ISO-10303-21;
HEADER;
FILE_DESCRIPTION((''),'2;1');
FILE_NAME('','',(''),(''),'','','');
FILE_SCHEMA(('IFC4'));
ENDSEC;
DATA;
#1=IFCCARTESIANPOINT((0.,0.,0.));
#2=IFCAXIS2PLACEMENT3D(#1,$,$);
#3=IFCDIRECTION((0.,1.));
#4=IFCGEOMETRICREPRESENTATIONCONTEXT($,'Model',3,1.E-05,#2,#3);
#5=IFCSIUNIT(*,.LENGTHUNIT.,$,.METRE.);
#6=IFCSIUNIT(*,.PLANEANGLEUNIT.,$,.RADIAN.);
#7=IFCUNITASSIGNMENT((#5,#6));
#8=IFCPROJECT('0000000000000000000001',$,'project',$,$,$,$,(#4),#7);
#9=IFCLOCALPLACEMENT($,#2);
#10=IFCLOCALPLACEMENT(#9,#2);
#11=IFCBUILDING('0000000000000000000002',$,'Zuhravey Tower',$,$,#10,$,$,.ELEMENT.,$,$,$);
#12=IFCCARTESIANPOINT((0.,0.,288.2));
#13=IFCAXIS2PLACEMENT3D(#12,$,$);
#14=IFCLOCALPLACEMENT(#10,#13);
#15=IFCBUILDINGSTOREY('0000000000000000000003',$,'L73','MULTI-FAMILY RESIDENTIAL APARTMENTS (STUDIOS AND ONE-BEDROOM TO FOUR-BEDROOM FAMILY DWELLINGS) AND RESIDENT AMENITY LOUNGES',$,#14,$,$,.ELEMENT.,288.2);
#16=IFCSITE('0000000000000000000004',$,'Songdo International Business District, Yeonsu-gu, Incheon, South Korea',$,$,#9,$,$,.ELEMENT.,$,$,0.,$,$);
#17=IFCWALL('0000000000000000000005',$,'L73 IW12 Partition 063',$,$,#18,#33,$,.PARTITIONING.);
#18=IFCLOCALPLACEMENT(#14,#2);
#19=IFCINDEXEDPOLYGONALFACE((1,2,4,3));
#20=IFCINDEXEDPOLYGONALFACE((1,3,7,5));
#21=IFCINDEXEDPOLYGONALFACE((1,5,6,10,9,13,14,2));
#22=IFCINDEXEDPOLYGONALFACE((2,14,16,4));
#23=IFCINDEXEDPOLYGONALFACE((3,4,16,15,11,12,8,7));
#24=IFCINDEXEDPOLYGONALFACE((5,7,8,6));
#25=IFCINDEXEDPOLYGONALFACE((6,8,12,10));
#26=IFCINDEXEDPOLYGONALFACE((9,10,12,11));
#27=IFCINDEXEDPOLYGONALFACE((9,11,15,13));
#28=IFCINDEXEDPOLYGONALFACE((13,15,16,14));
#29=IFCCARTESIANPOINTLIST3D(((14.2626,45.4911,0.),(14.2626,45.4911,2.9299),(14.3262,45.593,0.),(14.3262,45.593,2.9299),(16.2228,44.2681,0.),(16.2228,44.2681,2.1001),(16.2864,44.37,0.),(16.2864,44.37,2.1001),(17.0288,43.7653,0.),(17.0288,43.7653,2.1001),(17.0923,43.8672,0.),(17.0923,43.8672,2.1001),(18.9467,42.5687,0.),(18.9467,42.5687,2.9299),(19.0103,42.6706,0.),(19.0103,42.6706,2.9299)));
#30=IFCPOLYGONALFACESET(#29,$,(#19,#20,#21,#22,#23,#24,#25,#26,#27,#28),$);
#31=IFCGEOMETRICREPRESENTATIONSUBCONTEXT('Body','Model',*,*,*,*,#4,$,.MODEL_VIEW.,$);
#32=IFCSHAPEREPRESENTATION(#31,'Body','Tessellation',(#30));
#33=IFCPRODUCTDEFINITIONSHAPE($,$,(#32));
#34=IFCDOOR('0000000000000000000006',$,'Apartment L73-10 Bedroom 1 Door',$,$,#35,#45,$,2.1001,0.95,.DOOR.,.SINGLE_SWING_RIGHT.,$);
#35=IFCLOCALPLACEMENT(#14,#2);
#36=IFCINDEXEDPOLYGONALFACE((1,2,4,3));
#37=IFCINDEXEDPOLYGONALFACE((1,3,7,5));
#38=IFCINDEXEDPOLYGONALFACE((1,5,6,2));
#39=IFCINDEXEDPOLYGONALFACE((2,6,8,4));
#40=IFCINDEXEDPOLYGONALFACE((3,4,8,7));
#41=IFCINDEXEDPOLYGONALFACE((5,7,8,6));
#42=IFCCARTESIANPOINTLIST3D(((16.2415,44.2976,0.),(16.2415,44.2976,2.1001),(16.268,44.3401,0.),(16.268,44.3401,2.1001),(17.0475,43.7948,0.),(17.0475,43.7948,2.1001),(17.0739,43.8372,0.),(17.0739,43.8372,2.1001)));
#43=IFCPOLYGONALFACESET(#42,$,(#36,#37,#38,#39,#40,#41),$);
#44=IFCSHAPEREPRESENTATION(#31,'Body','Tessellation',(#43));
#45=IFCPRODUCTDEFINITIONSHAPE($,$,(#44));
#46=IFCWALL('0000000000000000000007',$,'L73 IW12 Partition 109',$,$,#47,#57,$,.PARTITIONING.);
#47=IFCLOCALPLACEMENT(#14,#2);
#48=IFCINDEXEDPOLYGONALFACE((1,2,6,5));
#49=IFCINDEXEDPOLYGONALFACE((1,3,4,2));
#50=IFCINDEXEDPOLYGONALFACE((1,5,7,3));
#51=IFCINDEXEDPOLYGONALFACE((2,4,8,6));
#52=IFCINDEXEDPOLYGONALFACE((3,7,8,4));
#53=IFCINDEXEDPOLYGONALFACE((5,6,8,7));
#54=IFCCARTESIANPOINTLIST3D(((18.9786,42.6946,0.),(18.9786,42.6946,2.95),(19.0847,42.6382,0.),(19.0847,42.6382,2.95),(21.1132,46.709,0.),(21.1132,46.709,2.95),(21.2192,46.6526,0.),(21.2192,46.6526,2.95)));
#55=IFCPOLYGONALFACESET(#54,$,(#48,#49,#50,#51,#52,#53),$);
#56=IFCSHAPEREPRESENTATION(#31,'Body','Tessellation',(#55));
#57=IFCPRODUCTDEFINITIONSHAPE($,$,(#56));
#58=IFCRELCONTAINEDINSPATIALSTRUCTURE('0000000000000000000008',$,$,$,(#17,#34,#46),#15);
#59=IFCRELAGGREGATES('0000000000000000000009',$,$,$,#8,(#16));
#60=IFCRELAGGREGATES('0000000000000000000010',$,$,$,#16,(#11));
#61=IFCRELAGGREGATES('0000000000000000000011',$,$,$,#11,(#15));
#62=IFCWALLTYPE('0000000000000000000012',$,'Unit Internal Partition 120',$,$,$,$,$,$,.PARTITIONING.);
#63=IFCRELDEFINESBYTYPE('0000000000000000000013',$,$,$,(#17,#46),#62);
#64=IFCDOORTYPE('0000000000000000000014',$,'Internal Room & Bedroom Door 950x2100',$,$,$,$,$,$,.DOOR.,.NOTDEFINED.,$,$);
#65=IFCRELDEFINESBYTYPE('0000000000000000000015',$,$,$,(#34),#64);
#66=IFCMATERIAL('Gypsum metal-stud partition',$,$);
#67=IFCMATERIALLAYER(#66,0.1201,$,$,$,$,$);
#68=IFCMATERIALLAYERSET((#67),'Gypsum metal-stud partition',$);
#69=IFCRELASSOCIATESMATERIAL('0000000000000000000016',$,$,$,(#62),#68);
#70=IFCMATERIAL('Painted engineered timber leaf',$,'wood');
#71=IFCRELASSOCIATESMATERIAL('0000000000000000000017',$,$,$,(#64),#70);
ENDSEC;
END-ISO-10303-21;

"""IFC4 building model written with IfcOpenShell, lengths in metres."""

from ifc_helpers import new_model, si_unit, direction, frame, frame_2d, origin, place, context, subcontext, project, spatial, rectangle, extrude, material, layer, layer_set, type_object, element, fill, save


model = new_model("IFC4")

# Units and contexts
model_context = context("Model", 3, precision=1e-05, world=origin(), true_north=direction((0.0, 1.0)))
body_context = subcontext(model_context, "Body", "Model", "MODEL_VIEW")
ifc_project = project(units=[si_unit("LENGTHUNIT", "METRE"), si_unit("PLANEANGLEUNIT", "RADIAN")], contexts=[model_context])

# Site, building, storey
site_placement = place(None, origin())
site = spatial("IfcSite", under=ifc_project, at=site_placement, Name="Songdo International Business District, Yeonsu-gu, Incheon, South Korea", CompositionType="ELEMENT", RefElevation=0.0)
building_placement = place(site_placement, origin())
building = spatial("IfcBuilding", under=site, at=building_placement, Name="Zuhravey Tower", CompositionType="ELEMENT")
storey_placement = place(building_placement, frame((0.0, 0.0, 288.2)))
storey = spatial("IfcBuildingStorey", under=building, at=storey_placement, Name="L73", Description="MULTI-FAMILY RESIDENTIAL APARTMENTS (STUDIOS AND ONE-BEDROOM TO FOUR-BEDROOM FAMILY DWELLINGS) AND RESIDENT AMENITY LOUNGES", CompositionType="ELEMENT", Elevation=288.2)

# Wall, opening, door
ifc_material_1 = material(Name="Gypsum metal-stud partition")
ifc_layer_1 = layer(ifc_material_1, 0.1201)
ifc_layer_set_1 = layer_set([ifc_layer_1], Name="Gypsum metal-stud partition")
wall_type_1 = type_object("IfcWallType", Name="Unit Internal Partition 120", PredefinedType="PARTITIONING", material=ifc_layer_set_1)
wall_1_placement = place(storey_placement, frame((18.9785, 42.6196, 0.0), z_axis=(0.0, 0.0, 1.0), x_axis=(-0.84842, 0.529323, 0.0)))
wall_1 = element("IfcWall", 1, at=wall_1_placement, inside=storey, type_object=wall_type_1, Name="L73 IW12 Partition 063", PredefinedType="PARTITIONING", context=body_context, shape_type="SweptSolid", body=[
    extrude(rectangle(XDim=5.521, YDim=0.1201, at=frame_2d((2.7605, 0.0))), origin(), (0.0, 0.0, 1.0), 2.9299),
])
opening_1_placement = place(wall_1_placement, frame((2.2605, 0.0, 0.0)))
opening_1 = element("IfcOpeningElement", 2, at=opening_1_placement, cuts=wall_1, PredefinedType="OPENING", context=body_context, shape_type="SweptSolid", body=[
    extrude(rectangle(XDim=0.95, YDim=2.1001, at=frame_2d((0.4751, 1.05))), frame((0.0, 0.072, 0.0), z_axis=(0.0, -1.0, 0.0), x_axis=(1.0, 0.0, 0.0)), (0.0, 0.0, 1.0), 0.144),
])
ifc_material_2 = material(Name="Painted engineered timber leaf", Category="wood")
door_type_1 = type_object("IfcDoorType", Name="Internal Room & Bedroom Door 950x2100", OperationType="NOTDEFINED", PredefinedType="DOOR", material=ifc_material_2)
door_1_placement = place(opening_1_placement, frame((0.95, 0.0, 0.0), z_axis=(0.0, 0.0, 1.0), x_axis=(-1.0, 0.0, 0.0)))
door_1 = element("IfcDoor", 3, at=door_1_placement, inside=storey, type_object=door_type_1, Name="Apartment L73-10 Bedroom 1 Door", OperationType="SINGLE_SWING_RIGHT", OverallHeight=2.1001, OverallWidth=0.95, PredefinedType="DOOR", context=body_context, shape_type="SweptSolid", body=[
    extrude(rectangle(XDim=0.95, YDim=2.1001, at=frame_2d((0.4751, 1.05))), frame((0.0, 0.0249, 0.0), z_axis=(0.0, -1.0, 0.0), x_axis=(1.0, 0.0, 0.0)), (0.0, 0.0, 1.0), 0.05),
])
fill(opening_1, door_1)

# Wall
wall_2_placement = place(storey_placement, frame((21.1663, 46.6809, 0.0), z_axis=(0.0, 0.0, 1.0), x_axis=(-0.469476, -0.882945, 0.0)))
element("IfcWall", 4, at=wall_2_placement, inside=storey, type_object=wall_type_1, Name="L73 IW12 Partition 109", PredefinedType="PARTITIONING", context=body_context, shape_type="SweptSolid", body=[
    extrude(rectangle(XDim=4.5466, YDim=0.1201, at=frame_2d((2.2734, 0.0))), origin(), (0.0, 0.0, 1.0), 2.95),
])

save(model, "model.ifc")
